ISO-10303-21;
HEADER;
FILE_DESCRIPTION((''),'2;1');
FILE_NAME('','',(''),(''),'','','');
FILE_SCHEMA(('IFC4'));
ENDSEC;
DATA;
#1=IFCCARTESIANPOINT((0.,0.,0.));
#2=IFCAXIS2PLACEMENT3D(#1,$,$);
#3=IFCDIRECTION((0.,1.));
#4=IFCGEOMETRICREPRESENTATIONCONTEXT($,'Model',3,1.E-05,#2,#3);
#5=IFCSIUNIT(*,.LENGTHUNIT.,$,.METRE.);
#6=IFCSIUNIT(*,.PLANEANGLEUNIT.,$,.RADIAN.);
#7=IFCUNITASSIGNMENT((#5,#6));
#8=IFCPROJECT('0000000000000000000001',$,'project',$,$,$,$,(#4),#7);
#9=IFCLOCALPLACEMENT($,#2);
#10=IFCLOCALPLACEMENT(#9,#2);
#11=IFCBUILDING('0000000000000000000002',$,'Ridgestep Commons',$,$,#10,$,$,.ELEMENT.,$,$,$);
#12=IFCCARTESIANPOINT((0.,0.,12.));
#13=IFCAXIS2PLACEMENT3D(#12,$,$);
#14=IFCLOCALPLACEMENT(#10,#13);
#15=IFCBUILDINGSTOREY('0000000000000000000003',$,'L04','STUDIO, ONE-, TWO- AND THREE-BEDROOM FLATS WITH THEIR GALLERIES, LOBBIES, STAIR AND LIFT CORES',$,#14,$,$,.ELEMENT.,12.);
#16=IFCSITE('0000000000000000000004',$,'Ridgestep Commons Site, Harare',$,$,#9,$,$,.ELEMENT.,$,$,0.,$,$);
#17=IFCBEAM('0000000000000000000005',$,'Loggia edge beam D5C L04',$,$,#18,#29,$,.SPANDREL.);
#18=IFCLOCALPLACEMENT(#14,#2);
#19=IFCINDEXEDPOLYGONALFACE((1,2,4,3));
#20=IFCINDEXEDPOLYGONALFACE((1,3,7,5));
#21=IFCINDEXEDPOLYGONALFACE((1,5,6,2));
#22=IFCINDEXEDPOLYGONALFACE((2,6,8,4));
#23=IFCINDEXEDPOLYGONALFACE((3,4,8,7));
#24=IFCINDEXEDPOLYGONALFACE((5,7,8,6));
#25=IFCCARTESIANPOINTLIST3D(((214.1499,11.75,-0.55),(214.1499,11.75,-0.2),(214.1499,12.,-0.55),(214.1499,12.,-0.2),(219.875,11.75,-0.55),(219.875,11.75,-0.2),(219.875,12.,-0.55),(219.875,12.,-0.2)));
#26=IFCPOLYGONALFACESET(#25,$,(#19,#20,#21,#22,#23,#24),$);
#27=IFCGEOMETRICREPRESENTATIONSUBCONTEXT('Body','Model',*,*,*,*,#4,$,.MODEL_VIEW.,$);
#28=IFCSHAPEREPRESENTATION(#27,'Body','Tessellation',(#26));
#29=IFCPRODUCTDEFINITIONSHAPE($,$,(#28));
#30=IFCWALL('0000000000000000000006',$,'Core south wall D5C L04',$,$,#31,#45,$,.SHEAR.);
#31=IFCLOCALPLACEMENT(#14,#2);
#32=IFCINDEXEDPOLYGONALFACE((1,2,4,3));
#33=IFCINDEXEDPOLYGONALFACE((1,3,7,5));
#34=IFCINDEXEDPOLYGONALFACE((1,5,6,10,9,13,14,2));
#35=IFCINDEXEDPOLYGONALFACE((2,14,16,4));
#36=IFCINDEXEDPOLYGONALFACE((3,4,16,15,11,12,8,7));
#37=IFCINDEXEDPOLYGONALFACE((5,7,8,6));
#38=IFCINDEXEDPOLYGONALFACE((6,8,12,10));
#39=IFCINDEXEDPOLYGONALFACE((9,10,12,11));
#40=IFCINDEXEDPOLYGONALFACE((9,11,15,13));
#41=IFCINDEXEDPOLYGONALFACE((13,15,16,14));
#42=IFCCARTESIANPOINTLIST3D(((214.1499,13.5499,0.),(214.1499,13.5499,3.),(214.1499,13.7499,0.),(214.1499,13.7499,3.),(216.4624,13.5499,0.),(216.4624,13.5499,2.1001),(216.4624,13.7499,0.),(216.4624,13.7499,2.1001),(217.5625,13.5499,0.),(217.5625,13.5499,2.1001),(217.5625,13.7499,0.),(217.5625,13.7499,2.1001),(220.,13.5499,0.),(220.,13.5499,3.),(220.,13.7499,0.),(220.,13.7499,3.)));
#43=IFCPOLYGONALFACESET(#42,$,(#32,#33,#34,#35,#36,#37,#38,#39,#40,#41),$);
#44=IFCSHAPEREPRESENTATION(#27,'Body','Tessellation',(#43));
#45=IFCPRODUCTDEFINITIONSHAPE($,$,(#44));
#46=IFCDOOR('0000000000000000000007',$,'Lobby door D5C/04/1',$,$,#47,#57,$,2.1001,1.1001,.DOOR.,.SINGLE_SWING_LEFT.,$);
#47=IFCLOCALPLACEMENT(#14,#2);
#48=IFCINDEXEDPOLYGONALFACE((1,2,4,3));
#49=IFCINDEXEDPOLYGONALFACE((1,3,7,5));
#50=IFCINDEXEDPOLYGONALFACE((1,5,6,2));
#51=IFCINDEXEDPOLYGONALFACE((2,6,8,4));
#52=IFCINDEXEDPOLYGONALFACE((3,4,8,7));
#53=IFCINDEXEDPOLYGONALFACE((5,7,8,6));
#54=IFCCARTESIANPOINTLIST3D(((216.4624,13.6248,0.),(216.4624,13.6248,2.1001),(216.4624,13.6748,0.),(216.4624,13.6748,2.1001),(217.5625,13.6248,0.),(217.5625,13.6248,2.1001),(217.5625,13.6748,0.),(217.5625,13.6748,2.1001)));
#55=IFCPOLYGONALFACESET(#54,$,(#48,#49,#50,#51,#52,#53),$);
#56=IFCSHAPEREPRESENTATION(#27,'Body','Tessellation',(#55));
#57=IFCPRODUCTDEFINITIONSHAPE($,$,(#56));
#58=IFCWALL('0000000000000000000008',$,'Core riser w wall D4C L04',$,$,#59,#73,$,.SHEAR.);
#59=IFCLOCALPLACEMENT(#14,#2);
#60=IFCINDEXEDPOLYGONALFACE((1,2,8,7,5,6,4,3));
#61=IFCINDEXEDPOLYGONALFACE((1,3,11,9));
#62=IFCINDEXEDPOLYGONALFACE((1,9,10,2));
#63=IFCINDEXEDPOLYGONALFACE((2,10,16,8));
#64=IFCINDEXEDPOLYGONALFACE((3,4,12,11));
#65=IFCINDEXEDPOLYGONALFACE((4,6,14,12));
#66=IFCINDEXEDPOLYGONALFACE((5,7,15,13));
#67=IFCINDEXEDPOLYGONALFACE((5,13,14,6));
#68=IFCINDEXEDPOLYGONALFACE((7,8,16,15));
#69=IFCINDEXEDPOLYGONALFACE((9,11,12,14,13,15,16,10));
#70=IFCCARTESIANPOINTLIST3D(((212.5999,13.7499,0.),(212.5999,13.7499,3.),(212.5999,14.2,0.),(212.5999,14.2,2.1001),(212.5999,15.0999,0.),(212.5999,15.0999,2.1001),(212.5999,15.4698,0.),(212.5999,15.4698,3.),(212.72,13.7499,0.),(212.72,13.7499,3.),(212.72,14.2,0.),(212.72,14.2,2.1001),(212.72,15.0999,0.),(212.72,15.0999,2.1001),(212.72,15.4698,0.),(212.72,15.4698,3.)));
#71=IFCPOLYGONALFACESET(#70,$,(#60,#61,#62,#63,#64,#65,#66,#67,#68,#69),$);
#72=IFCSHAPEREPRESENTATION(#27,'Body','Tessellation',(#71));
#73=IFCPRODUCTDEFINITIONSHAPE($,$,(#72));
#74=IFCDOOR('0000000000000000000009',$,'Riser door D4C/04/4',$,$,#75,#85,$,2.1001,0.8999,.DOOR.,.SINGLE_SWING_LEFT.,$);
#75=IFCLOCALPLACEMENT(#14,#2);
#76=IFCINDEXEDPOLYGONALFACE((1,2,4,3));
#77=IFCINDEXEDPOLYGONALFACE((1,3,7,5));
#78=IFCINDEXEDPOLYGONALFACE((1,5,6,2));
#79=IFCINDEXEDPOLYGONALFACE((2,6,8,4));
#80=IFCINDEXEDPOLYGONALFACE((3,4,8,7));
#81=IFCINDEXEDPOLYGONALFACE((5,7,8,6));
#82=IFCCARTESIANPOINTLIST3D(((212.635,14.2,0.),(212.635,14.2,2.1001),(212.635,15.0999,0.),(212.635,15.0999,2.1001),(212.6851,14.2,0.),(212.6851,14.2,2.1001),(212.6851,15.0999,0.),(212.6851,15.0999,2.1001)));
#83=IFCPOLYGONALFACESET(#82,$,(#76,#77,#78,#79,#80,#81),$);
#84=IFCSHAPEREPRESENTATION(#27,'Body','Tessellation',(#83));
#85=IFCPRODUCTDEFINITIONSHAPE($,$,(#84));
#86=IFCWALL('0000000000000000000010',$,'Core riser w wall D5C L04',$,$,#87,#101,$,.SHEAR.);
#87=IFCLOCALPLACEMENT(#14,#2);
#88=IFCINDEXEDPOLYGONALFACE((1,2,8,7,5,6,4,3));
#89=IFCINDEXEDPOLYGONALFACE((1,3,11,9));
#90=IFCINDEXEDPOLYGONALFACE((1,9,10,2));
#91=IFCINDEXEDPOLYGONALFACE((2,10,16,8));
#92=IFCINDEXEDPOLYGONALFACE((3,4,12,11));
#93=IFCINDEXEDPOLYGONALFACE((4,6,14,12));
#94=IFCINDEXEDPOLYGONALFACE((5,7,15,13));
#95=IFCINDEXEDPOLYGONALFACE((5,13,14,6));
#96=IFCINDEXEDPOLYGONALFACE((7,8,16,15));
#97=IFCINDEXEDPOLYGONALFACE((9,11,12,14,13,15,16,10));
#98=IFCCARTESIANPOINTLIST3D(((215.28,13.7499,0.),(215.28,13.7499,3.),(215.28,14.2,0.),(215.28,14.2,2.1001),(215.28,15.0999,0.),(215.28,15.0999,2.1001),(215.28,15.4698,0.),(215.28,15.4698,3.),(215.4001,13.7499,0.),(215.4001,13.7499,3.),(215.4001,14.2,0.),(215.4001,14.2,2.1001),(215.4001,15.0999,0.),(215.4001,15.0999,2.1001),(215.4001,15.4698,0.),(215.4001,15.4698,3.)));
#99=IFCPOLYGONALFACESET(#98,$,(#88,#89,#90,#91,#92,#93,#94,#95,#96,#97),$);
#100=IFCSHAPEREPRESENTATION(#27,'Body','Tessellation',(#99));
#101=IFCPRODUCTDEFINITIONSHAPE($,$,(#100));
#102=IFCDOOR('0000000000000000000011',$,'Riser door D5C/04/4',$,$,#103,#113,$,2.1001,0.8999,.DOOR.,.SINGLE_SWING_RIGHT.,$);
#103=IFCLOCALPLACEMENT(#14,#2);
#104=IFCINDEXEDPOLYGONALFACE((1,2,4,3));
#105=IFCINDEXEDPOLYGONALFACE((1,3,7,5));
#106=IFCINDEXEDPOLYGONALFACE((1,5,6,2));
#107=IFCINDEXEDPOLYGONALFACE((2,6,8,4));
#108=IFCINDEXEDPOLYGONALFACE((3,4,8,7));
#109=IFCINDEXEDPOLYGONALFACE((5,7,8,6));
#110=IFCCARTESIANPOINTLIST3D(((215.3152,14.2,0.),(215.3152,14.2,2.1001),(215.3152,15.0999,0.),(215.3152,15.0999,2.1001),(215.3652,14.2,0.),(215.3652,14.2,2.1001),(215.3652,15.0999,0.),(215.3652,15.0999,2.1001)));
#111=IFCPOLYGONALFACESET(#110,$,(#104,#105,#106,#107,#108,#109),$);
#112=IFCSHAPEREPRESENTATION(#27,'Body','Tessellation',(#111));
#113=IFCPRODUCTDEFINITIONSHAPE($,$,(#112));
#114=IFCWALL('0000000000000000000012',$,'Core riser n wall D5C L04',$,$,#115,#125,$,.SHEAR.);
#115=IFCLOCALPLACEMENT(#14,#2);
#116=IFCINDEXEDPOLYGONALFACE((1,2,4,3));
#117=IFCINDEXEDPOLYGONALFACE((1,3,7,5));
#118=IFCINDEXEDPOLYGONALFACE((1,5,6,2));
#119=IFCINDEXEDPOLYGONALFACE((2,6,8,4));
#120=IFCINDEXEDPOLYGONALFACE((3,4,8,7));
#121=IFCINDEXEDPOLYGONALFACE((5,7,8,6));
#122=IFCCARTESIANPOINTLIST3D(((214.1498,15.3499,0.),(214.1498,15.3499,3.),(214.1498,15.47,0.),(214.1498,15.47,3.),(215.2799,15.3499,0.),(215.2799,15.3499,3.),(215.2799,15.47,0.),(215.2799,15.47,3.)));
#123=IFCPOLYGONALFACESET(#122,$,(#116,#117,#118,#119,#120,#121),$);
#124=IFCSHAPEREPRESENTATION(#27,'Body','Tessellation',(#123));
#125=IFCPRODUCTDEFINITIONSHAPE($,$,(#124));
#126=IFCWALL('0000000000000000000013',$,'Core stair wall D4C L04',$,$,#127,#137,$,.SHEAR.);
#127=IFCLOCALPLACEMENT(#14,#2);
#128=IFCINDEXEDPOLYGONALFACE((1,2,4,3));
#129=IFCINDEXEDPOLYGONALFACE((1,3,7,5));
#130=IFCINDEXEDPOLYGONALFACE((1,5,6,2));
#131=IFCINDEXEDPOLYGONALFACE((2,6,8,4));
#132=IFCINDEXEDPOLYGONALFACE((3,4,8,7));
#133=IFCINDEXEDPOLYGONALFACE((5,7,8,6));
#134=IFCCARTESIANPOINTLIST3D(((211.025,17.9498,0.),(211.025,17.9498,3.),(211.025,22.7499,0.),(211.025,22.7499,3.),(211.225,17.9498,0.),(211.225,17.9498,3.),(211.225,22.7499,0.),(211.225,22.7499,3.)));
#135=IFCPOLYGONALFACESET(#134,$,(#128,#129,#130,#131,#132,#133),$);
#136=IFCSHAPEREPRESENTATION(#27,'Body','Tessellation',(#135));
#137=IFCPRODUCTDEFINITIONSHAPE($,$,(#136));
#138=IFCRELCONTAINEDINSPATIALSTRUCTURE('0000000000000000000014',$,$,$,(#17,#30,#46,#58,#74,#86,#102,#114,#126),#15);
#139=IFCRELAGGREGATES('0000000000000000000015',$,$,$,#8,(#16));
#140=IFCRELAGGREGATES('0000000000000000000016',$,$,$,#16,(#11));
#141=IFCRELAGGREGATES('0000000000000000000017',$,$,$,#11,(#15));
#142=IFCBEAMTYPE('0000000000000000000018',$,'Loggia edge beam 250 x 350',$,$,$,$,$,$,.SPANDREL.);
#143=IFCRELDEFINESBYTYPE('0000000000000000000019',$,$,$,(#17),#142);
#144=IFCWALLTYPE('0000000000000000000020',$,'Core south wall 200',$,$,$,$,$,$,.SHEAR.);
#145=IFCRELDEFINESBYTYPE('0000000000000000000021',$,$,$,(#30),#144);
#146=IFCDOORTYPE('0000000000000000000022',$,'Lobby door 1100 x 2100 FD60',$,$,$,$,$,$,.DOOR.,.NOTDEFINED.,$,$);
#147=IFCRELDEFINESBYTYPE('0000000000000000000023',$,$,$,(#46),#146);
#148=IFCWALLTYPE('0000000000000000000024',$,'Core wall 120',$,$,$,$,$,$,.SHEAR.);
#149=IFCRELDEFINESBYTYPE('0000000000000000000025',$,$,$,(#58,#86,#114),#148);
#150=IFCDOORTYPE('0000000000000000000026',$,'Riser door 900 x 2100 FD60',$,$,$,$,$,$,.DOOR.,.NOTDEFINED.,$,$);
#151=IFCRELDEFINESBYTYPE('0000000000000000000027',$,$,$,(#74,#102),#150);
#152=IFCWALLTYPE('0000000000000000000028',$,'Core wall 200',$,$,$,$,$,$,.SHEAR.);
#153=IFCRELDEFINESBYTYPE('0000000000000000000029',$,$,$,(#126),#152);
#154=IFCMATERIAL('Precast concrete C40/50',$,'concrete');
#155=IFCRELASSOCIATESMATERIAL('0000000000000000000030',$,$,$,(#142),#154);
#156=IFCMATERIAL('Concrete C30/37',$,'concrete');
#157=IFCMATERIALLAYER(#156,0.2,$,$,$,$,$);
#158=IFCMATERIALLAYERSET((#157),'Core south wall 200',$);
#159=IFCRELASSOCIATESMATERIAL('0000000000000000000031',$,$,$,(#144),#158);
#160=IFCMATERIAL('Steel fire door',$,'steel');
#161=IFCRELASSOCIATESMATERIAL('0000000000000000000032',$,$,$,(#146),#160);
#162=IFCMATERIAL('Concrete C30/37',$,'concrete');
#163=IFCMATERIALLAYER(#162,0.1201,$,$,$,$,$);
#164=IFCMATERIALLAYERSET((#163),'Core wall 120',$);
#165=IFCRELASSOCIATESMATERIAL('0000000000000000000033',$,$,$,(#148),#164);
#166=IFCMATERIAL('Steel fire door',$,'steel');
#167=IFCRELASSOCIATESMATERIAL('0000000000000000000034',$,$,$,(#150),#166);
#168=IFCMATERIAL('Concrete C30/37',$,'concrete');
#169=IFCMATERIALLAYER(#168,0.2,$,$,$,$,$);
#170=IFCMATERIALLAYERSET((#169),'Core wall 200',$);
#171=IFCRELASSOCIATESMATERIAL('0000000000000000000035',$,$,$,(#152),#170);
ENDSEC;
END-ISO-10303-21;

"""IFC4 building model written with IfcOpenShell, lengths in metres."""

from ifc_helpers import new_model, si_unit, direction, frame, frame_2d, origin, origin_2d, place, context, subcontext, project, spatial, rectangle, extrude, material, layer, layer_set, material_profile, profile_set, type_object, element, fill, save


model = new_model("IFC4")

# Units and contexts
model_context = context("Model", 3, precision=1e-05, world=origin(), true_north=direction((0.0, 1.0)))
body_context = subcontext(model_context, "Body", "Model", "MODEL_VIEW")
ifc_project = project(units=[si_unit("LENGTHUNIT", "METRE"), si_unit("PLANEANGLEUNIT", "RADIAN")], contexts=[model_context])

# Site, building, storey
site_placement = place(None, origin())
site = spatial("IfcSite", under=ifc_project, at=site_placement, Name="Ridgestep Commons Site, Harare", CompositionType="ELEMENT", RefElevation=0.0)
building_placement = place(site_placement, origin())
building = spatial("IfcBuilding", under=site, at=building_placement, Name="Ridgestep Commons", CompositionType="ELEMENT")
storey_placement = place(building_placement, frame((0.0, 0.0, 12.0)))
storey = spatial("IfcBuildingStorey", under=building, at=storey_placement, Name="L04", Description="STUDIO, ONE-, TWO- AND THREE-BEDROOM FLATS WITH THEIR GALLERIES, LOBBIES, STAIR AND LIFT CORES", CompositionType="ELEMENT", Elevation=12.0)

# Beam
ifc_material_1 = material(Name="Precast concrete C40/50", Category="concrete")
ifc_material_profile = material_profile(ifc_material_1, rectangle(XDim=0.25, YDim=0.3501, at=origin_2d()), Name="PC 250x350")
ifc_profile_set = profile_set([ifc_material_profile], Name="Precast concrete C40/50")
beam_type = type_object("IfcBeamType", Name="Loggia edge beam 250 x 350", PredefinedType="SPANDREL", material=ifc_profile_set)
beam_placement = place(storey_placement, frame((214.1499, 11.875, -0.375), z_axis=(1.0, 0.0, 0.0), x_axis=(0.0, 1.0, 0.0)))
element("IfcBeam", 1, at=beam_placement, inside=storey, type_object=beam_type, Name="Loggia edge beam D5C L04", PredefinedType="SPANDREL", context=body_context, shape_type="SweptSolid", body=[
    extrude(rectangle(XDim=0.25, YDim=0.3501, at=origin_2d()), origin(), (0.0, 0.0, 1.0), 5.7251),
])

# Walls, openings, doors
ifc_material_2 = material(Name="Concrete C30/37", Category="concrete")
ifc_layer_1 = layer(ifc_material_2, 0.2)
ifc_layer_set_1 = layer_set([ifc_layer_1], Name="Core south wall 200")
wall_type_1 = type_object("IfcWallType", Name="Core south wall 200", PredefinedType="SHEAR", material=ifc_layer_set_1)
wall_1_placement = place(storey_placement, frame((214.1499, 13.6499, 0.0), z_axis=(0.0, 0.0, 1.0), x_axis=(1.0, 0.0, 0.0)))
wall_1 = element("IfcWall", 2, at=wall_1_placement, inside=storey, type_object=wall_type_1, Name="Core south wall D5C L04", PredefinedType="SHEAR", context=body_context, shape_type="SweptSolid", body=[
    extrude(rectangle(XDim=5.8501, YDim=0.2, at=frame_2d((2.925, 0.0))), origin(), (0.0, 0.0, 1.0), 3.0),
])
opening_1_placement = place(wall_1_placement, frame((2.3125, 0.0, 0.0)))
opening_1 = element("IfcOpeningElement", 3, at=opening_1_placement, cuts=wall_1, PredefinedType="OPENING", context=body_context, shape_type="SweptSolid", body=[
    extrude(rectangle(XDim=1.1001, YDim=2.1001, at=frame_2d((0.55, 1.05))), frame((0.0, 0.1099, 0.0), z_axis=(0.0, -1.0, 0.0), x_axis=(1.0, 0.0, 0.0)), (0.0, 0.0, 1.0), 0.22),
])
ifc_material_3 = material(Name="Steel fire door", Category="steel")
door_type_1 = type_object("IfcDoorType", Name="Lobby door 1100 x 2100 FD60", OperationType="NOTDEFINED", PredefinedType="DOOR", material=ifc_material_3)
door_1_placement = place(opening_1_placement, origin())
door_1 = element("IfcDoor", 4, at=door_1_placement, inside=storey, type_object=door_type_1, Name="Lobby door D5C/04/1", OperationType="SINGLE_SWING_LEFT", OverallHeight=2.1001, OverallWidth=1.1001, PredefinedType="DOOR", context=body_context, shape_type="SweptSolid", body=[
    extrude(rectangle(XDim=1.1001, YDim=2.1001, at=frame_2d((0.55, 1.05))), frame((0.0, 0.0249, 0.0), z_axis=(0.0, -1.0, 0.0), x_axis=(1.0, 0.0, 0.0)), (0.0, 0.0, 1.0), 0.05),
])
fill(opening_1, door_1)
ifc_material_4 = material(Name="Concrete C30/37", Category="concrete")
ifc_layer_2 = layer(ifc_material_4, 0.1201)
ifc_layer_set_2 = layer_set([ifc_layer_2], Name="Core wall 120")
wall_type_2 = type_object("IfcWallType", Name="Core wall 120", PredefinedType="SHEAR", material=ifc_layer_set_2)
wall_2_placement = place(storey_placement, frame((212.6599, 13.75, 0.0), z_axis=(0.0, 0.0, 1.0), x_axis=(0.0, 1.0, 0.0)))
wall_2 = element("IfcWall", 5, at=wall_2_placement, inside=storey, type_object=wall_type_2, Name="Core riser w wall D4C L04", PredefinedType="SHEAR", context=body_context, shape_type="SweptSolid", body=[
    extrude(rectangle(XDim=1.72, YDim=0.1201, at=frame_2d((0.8599, 0.0))), origin(), (0.0, 0.0, 1.0), 3.0),
])
opening_2_placement = place(wall_2_placement, frame((0.45, 0.0, 0.0)))
opening_2 = element("IfcOpeningElement", 6, at=opening_2_placement, cuts=wall_2, PredefinedType="OPENING", context=body_context, shape_type="SweptSolid", body=[
    extrude(rectangle(XDim=0.8999, YDim=2.1001, at=frame_2d((0.45, 1.05))), frame((0.0, 0.0701, 0.0), z_axis=(0.0, -1.0, 0.0), x_axis=(1.0, 0.0, 0.0)), (0.0, 0.0, 1.0), 0.1401),
])
ifc_material_5 = material(Name="Steel fire door", Category="steel")
door_type_2 = type_object("IfcDoorType", Name="Riser door 900 x 2100 FD60", OperationType="NOTDEFINED", PredefinedType="DOOR", material=ifc_material_5)
door_2_placement = place(opening_2_placement, origin())
door_2 = element("IfcDoor", 7, at=door_2_placement, inside=storey, type_object=door_type_2, Name="Riser door D4C/04/4", OperationType="SINGLE_SWING_LEFT", OverallHeight=2.1001, OverallWidth=0.8999, PredefinedType="DOOR", context=body_context, shape_type="SweptSolid", body=[
    extrude(rectangle(XDim=0.8999, YDim=2.1001, at=frame_2d((0.45, 1.05))), frame((0.0, 0.0249, 0.0), z_axis=(0.0, -1.0, 0.0), x_axis=(1.0, 0.0, 0.0)), (0.0, 0.0, 1.0), 0.05),
])
fill(opening_2, door_2)

# Wall, opening, door
wall_3_placement = place(storey_placement, frame((215.3401, 13.75, 0.0), z_axis=(0.0, 0.0, 1.0), x_axis=(0.0, 1.0, 0.0)))
wall_3 = element("IfcWall", 8, at=wall_3_placement, inside=storey, type_object=wall_type_2, Name="Core riser w wall D5C L04", PredefinedType="SHEAR", context=body_context, shape_type="SweptSolid", body=[
    extrude(rectangle(XDim=1.72, YDim=0.1201, at=frame_2d((0.8599, 0.0))), origin(), (0.0, 0.0, 1.0), 3.0),
])
opening_3_placement = place(wall_3_placement, frame((0.45, 0.0, 0.0)))
opening_3 = element("IfcOpeningElement", 9, at=opening_3_placement, cuts=wall_3, PredefinedType="OPENING", context=body_context, shape_type="SweptSolid", body=[
    extrude(rectangle(XDim=0.8999, YDim=2.1001, at=frame_2d((0.45, 1.05))), frame((0.0, 0.0701, 0.0), z_axis=(0.0, -1.0, 0.0), x_axis=(1.0, 0.0, 0.0)), (0.0, 0.0, 1.0), 0.1401),
])
door_3_placement = place(opening_3_placement, origin())
door_3 = element("IfcDoor", 10, at=door_3_placement, inside=storey, type_object=door_type_2, Name="Riser door D5C/04/4", OperationType="SINGLE_SWING_RIGHT", OverallHeight=2.1001, OverallWidth=0.8999, PredefinedType="DOOR", context=body_context, shape_type="SweptSolid", body=[
    extrude(rectangle(XDim=0.8999, YDim=2.1001, at=frame_2d((0.45, 1.05))), frame((0.0, 0.0249, 0.0), z_axis=(0.0, -1.0, 0.0), x_axis=(1.0, 0.0, 0.0)), (0.0, 0.0, 1.0), 0.05),
])
fill(opening_3, door_3)

# Walls
wall_4_placement = place(storey_placement, frame((214.1499, 15.4099, 0.0), z_axis=(0.0, 0.0, 1.0), x_axis=(1.0, 0.0, 0.0)))
element("IfcWall", 11, at=wall_4_placement, inside=storey, type_object=wall_type_2, Name="Core riser n wall D5C L04", PredefinedType="SHEAR", context=body_context, shape_type="SweptSolid", body=[
    extrude(rectangle(XDim=1.1301, YDim=0.1201, at=frame_2d((0.5649, 0.0))), origin(), (0.0, 0.0, 1.0), 3.0),
])
ifc_material_6 = material(Name="Concrete C30/37", Category="concrete")
ifc_layer_3 = layer(ifc_material_6, 0.2)
ifc_layer_set_3 = layer_set([ifc_layer_3], Name="Core wall 200")
wall_type_3 = type_object("IfcWallType", Name="Core wall 200", PredefinedType="SHEAR", material=ifc_layer_set_3)
wall_5_placement = place(storey_placement, frame((211.125, 17.95, 0.0), z_axis=(0.0, 0.0, 1.0), x_axis=(0.0, 1.0, 0.0)))
element("IfcWall", 12, at=wall_5_placement, inside=storey, type_object=wall_type_3, Name="Core stair wall D4C L04", PredefinedType="SHEAR", context=body_context, shape_type="SweptSolid", body=[
    extrude(rectangle(XDim=4.8, YDim=0.2, at=frame_2d((2.3999, 0.0))), origin(), (0.0, 0.0, 1.0), 3.0),
])

save(model, "model.ifc")
